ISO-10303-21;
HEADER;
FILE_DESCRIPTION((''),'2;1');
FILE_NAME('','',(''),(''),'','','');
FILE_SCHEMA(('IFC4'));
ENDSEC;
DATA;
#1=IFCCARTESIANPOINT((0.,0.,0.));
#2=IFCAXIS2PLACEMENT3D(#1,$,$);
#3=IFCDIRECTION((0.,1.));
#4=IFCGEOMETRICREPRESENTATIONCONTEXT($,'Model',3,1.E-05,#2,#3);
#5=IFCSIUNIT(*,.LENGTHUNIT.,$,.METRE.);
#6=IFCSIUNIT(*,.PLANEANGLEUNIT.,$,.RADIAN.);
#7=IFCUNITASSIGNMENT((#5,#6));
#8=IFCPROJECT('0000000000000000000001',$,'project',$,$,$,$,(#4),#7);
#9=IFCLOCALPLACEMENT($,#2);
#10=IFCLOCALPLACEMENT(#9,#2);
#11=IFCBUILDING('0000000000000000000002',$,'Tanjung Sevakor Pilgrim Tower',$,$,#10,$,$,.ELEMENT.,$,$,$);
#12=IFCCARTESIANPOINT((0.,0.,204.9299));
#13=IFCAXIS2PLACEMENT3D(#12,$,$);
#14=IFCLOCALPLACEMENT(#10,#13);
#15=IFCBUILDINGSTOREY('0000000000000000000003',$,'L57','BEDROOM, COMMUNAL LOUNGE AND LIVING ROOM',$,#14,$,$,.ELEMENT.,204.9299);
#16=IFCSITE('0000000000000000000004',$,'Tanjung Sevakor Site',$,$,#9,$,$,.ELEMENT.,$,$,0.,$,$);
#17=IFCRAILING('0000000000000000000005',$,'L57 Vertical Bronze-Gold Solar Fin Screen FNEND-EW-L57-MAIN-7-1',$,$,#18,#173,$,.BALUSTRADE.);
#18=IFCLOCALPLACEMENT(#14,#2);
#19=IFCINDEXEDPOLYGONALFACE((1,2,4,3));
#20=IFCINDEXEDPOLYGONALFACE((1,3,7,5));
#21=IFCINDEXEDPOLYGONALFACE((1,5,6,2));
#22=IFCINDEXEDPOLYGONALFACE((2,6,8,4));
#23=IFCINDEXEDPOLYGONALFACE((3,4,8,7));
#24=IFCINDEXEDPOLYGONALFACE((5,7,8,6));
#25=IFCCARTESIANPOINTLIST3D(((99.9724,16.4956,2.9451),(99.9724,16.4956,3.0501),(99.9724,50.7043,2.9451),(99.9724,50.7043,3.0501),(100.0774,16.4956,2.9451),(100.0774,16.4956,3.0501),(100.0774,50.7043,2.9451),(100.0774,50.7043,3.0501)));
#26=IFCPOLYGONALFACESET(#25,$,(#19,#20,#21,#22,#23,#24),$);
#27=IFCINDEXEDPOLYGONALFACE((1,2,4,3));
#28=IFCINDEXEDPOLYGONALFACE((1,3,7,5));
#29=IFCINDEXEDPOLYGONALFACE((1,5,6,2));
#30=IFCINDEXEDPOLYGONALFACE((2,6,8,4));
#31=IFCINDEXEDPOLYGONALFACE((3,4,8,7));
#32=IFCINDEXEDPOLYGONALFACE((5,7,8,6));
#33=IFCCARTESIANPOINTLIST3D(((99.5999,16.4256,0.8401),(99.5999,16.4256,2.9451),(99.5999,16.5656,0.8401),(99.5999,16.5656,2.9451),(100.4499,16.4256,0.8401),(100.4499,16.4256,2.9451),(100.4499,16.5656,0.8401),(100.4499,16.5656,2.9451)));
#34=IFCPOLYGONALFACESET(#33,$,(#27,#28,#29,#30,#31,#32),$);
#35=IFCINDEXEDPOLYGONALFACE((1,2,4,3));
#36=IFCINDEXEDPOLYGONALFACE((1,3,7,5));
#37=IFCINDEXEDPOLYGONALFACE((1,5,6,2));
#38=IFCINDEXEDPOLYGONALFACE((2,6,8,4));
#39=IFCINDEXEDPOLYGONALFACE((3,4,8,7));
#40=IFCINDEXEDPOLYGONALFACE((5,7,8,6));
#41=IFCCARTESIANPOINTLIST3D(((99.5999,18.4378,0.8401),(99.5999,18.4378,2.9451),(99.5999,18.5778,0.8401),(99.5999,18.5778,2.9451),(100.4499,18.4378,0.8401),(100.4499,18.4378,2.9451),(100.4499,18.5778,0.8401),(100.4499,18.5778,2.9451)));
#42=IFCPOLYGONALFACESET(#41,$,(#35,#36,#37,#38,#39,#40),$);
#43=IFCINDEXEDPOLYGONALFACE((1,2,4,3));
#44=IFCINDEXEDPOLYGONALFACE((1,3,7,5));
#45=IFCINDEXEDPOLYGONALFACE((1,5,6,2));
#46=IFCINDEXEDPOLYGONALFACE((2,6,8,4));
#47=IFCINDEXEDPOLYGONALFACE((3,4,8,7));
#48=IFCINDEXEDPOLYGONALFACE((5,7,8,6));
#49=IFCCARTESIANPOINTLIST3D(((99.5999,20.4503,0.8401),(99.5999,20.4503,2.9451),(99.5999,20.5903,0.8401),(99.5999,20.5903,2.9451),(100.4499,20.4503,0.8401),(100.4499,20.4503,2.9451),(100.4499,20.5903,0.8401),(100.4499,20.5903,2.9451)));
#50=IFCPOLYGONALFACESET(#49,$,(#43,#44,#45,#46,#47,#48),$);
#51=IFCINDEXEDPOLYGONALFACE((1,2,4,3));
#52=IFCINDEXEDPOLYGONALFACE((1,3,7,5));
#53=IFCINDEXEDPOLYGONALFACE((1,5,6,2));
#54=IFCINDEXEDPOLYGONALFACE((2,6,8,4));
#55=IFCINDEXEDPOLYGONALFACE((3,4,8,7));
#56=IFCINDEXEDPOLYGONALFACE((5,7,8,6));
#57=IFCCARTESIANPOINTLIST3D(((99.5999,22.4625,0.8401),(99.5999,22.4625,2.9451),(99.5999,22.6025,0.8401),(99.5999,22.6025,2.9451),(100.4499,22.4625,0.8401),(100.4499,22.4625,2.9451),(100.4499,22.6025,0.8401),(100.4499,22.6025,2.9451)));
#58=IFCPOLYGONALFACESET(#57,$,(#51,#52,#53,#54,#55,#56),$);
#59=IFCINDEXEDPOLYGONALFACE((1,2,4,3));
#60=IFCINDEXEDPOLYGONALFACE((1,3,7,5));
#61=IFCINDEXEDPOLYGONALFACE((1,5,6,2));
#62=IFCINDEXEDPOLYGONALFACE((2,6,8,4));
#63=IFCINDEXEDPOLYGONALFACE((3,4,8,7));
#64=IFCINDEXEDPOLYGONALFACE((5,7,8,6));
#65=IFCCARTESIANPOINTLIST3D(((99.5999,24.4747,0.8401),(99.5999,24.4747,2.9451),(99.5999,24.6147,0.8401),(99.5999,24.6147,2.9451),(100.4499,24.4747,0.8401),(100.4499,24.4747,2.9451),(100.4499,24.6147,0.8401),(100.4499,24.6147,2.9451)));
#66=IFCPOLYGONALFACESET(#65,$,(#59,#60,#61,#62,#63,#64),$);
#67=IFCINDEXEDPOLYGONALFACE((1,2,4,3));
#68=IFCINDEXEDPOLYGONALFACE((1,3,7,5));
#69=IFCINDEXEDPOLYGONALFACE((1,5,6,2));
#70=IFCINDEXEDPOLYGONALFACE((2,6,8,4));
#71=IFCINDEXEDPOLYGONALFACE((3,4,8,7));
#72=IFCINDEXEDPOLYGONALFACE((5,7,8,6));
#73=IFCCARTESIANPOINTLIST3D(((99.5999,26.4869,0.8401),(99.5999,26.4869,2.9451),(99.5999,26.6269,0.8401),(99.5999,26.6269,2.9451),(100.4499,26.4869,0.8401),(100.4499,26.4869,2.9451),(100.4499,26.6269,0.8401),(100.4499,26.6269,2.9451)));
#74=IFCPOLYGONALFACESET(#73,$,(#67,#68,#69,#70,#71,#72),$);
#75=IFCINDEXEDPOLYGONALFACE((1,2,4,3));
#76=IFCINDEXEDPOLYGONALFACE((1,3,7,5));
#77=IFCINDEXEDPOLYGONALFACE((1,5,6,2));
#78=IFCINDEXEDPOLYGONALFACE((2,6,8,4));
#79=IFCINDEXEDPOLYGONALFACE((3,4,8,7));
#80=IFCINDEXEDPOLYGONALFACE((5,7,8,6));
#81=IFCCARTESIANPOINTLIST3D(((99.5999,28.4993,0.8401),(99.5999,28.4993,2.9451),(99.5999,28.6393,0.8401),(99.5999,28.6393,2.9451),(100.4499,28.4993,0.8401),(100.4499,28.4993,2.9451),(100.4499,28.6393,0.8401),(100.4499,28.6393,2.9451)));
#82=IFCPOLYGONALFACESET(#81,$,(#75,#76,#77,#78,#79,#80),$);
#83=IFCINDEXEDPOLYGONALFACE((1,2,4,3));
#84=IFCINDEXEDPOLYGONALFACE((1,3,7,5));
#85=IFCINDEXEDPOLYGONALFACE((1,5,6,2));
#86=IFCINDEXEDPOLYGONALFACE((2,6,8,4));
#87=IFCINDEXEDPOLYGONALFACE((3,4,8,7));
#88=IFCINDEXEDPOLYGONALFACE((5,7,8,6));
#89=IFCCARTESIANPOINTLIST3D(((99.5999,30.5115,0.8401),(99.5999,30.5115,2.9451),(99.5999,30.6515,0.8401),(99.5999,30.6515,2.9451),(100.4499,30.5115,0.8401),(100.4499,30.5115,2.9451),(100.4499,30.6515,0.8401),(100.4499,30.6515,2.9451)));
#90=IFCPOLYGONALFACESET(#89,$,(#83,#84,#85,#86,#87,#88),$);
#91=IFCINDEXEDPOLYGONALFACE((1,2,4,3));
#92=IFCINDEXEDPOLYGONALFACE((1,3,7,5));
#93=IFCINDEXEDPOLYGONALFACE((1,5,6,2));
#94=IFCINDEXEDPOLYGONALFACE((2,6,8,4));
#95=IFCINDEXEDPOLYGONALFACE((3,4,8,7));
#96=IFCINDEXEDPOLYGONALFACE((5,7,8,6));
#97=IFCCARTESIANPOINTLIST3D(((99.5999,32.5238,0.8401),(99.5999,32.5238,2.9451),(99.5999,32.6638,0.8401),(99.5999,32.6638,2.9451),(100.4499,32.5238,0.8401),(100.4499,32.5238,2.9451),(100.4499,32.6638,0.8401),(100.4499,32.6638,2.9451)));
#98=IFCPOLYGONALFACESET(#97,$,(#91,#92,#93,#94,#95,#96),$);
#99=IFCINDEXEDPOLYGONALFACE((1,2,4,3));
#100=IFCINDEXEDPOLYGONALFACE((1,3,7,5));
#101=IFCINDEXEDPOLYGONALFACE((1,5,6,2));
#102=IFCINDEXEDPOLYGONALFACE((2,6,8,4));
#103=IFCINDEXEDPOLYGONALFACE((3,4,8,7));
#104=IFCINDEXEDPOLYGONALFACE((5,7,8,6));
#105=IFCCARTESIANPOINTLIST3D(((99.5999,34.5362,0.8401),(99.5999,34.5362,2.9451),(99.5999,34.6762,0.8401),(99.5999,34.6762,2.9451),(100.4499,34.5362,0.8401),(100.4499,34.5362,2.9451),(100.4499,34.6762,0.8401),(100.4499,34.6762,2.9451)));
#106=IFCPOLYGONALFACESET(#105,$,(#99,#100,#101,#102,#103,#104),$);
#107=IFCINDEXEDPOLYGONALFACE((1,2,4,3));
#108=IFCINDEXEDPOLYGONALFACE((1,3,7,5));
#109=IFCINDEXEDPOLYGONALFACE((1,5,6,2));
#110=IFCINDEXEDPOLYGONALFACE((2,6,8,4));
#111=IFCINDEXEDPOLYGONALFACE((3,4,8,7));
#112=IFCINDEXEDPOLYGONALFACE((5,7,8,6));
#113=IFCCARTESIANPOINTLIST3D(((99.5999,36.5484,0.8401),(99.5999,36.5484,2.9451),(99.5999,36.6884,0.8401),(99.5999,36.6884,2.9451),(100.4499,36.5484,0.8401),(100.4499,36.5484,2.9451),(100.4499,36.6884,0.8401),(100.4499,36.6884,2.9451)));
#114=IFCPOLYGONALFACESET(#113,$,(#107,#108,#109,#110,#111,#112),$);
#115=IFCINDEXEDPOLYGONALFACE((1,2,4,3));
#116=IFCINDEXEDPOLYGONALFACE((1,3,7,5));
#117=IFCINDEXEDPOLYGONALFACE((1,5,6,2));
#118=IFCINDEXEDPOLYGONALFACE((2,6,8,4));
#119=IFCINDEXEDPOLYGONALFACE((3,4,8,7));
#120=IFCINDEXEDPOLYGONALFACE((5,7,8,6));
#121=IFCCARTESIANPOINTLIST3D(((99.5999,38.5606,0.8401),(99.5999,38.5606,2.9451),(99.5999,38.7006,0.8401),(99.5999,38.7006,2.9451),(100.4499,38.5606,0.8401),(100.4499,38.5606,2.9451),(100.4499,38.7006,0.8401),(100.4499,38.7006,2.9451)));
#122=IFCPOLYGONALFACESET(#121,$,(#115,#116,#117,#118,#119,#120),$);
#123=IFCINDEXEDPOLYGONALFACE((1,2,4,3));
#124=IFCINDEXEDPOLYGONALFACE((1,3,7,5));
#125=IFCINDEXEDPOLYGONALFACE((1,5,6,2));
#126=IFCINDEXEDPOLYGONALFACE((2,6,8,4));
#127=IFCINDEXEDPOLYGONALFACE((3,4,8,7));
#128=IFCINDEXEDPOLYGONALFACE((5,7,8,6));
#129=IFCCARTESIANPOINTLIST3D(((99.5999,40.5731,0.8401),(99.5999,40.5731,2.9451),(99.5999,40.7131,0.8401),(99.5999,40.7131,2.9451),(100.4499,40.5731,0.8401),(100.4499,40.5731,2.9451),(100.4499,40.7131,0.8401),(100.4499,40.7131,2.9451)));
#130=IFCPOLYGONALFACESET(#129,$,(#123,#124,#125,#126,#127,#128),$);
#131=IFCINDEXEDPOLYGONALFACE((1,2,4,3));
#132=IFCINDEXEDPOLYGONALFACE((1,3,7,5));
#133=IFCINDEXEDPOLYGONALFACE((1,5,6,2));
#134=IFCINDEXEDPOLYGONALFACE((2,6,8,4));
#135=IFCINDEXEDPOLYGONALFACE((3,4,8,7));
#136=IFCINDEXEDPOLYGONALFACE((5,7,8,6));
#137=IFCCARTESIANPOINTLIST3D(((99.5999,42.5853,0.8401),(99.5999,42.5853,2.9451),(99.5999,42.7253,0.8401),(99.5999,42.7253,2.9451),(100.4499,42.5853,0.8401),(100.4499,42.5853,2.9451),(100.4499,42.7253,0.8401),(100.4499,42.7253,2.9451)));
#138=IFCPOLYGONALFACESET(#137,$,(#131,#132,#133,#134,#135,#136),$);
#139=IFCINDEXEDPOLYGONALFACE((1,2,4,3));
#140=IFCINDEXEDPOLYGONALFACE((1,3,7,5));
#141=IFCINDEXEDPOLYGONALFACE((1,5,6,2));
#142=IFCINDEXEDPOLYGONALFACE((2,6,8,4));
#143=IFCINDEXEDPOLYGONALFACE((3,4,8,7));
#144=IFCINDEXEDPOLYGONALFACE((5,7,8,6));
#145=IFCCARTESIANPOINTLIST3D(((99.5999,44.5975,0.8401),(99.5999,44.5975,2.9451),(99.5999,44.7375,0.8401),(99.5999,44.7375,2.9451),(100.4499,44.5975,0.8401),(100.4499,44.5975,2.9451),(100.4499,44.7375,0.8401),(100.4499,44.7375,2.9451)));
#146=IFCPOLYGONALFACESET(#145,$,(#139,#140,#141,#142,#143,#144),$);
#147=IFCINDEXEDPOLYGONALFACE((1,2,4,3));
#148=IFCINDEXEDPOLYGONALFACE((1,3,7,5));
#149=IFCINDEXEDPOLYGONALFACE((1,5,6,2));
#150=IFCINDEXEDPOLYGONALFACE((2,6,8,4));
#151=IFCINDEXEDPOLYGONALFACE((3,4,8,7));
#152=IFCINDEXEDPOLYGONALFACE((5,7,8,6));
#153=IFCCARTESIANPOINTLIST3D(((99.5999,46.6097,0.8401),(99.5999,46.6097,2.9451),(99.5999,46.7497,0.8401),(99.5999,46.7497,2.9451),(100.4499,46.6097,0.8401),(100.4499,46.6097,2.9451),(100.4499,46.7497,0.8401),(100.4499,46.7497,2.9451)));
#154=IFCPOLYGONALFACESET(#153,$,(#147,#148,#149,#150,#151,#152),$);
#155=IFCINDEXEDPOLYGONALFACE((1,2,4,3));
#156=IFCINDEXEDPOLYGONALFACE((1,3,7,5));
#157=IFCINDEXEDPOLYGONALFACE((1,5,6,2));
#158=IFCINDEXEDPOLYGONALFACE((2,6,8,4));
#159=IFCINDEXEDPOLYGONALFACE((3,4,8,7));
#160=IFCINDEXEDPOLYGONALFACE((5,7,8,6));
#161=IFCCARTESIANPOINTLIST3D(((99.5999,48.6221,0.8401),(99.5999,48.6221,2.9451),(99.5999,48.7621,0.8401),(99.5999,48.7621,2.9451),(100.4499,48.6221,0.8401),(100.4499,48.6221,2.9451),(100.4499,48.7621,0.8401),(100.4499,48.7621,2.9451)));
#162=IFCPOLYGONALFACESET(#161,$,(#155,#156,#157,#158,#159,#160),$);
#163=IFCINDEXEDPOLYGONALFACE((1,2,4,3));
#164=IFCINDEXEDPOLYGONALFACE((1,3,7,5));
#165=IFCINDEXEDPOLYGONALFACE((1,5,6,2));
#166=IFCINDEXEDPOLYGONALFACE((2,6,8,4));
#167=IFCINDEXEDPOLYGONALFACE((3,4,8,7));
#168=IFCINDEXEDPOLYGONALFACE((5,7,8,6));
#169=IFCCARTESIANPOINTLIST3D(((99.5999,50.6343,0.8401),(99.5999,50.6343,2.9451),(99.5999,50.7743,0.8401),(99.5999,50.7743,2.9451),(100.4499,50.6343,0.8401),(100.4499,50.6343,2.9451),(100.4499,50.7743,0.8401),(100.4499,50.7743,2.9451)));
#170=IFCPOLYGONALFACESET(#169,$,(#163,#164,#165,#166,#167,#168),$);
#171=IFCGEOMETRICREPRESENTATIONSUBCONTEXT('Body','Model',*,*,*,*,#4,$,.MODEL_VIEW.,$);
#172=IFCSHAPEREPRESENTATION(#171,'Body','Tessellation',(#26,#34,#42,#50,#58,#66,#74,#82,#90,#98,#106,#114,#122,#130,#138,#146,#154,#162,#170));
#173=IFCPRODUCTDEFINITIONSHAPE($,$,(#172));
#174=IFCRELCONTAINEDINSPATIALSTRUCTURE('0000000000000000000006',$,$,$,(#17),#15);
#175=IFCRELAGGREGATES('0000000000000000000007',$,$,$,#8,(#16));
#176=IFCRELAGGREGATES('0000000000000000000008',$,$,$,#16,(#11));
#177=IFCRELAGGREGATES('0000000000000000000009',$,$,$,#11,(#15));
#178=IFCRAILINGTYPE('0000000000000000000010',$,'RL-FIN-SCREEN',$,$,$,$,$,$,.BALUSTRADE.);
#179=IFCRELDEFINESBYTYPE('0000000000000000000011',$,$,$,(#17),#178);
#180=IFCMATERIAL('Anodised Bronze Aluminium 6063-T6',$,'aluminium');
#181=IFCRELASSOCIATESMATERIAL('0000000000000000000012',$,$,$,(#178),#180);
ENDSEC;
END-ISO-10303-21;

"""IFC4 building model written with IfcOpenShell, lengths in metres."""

from ifc_helpers import new_model, si_unit, direction, frame, origin, place, context, subcontext, project, spatial, rectangle, extrude, material, type_object, element, save


model = new_model("IFC4")

# Units and contexts
model_context = context("Model", 3, precision=1e-05, world=origin(), true_north=direction((0.0, 1.0)))
body_context = subcontext(model_context, "Body", "Model", "MODEL_VIEW")
ifc_project = project(units=[si_unit("LENGTHUNIT", "METRE"), si_unit("PLANEANGLEUNIT", "RADIAN")], contexts=[model_context])

# Site, building, storey
site_placement = place(None, origin())
site = spatial("IfcSite", under=ifc_project, at=site_placement, Name="Tanjung Sevakor Site", CompositionType="ELEMENT", RefElevation=0.0)
building_placement = place(site_placement, origin())
building = spatial("IfcBuilding", under=site, at=building_placement, Name="Tanjung Sevakor Pilgrim Tower", CompositionType="ELEMENT")
storey_placement = place(building_placement, frame((0.0, 0.0, 204.9299)))
storey = spatial("IfcBuildingStorey", under=building, at=storey_placement, Name="L57", Description="BEDROOM, COMMUNAL LOUNGE AND LIVING ROOM", CompositionType="ELEMENT", Elevation=204.9299)

# Railing
ifc_material_1 = material(Name="Anodised Bronze Aluminium 6063-T6", Category="aluminium")
railing_type = type_object("IfcRailingType", Name="RL-FIN-SCREEN", PredefinedType="BALUSTRADE", material=ifc_material_1)
railing_1_placement = place(storey_placement, frame((100.0249, 16.4956, 0.8401)))
element("IfcRailing", 1, at=railing_1_placement, inside=storey, type_object=railing_type, Name="L57 Vertical Bronze-Gold Solar Fin Screen FNEND-EW-L57-MAIN-7-1", PredefinedType="BALUSTRADE", context=body_context, shape_type="SweptSolid", body=[
    extrude(rectangle(XDim=0.105, YDim=0.105), frame((0.0, 0.0, 2.1575), z_axis=(0.0, 1.0, 0.0), x_axis=(-1.0, 0.0, 0.0)), (0.0, 0.0, 1.0), 34.2087),
    extrude(rectangle(XDim=0.85, YDim=0.14), origin(), (0.0, 0.0, 1.0), 2.105),
    extrude(rectangle(XDim=0.85, YDim=0.14), frame((0.0, 2.0122, 0.0)), (0.0, 0.0, 1.0), 2.105),
    extrude(rectangle(XDim=0.85, YDim=0.14), frame((0.0, 4.0247, 0.0)), (0.0, 0.0, 1.0), 2.105),
    extrude(rectangle(XDim=0.85, YDim=0.14), frame((0.0, 6.0369, 0.0)), (0.0, 0.0, 1.0), 2.105),
    extrude(rectangle(XDim=0.85, YDim=0.14), frame((0.0, 8.0491, 0.0)), (0.0, 0.0, 1.0), 2.105),
    extrude(rectangle(XDim=0.85, YDim=0.14), frame((0.0, 10.0613, 0.0)), (0.0, 0.0, 1.0), 2.105),
    extrude(rectangle(XDim=0.85, YDim=0.14), frame((0.0, 12.0737, 0.0)), (0.0, 0.0, 1.0), 2.105),
    extrude(rectangle(XDim=0.85, YDim=0.14), frame((0.0, 14.0859, 0.0)), (0.0, 0.0, 1.0), 2.105),
    extrude(rectangle(XDim=0.85, YDim=0.14), frame((0.0, 16.0981, 0.0)), (0.0, 0.0, 1.0), 2.105),
    extrude(rectangle(XDim=0.85, YDim=0.14), frame((0.0, 18.1106, 0.0)), (0.0, 0.0, 1.0), 2.105),
    extrude(rectangle(XDim=0.85, YDim=0.14), frame((0.0, 20.1228, 0.0)), (0.0, 0.0, 1.0), 2.105),
    extrude(rectangle(XDim=0.85, YDim=0.14), frame((0.0, 22.135, 0.0)), (0.0, 0.0, 1.0), 2.105),
    extrude(rectangle(XDim=0.85, YDim=0.14), frame((0.0, 24.1475, 0.0)), (0.0, 0.0, 1.0), 2.105),
    extrude(rectangle(XDim=0.85, YDim=0.14), frame((0.0, 26.1597, 0.0)), (0.0, 0.0, 1.0), 2.105),
    extrude(rectangle(XDim=0.85, YDim=0.14), frame((0.0, 28.1719, 0.0)), (0.0, 0.0, 1.0), 2.105),
    extrude(rectangle(XDim=0.85, YDim=0.14), frame((0.0, 30.1841, 0.0)), (0.0, 0.0, 1.0), 2.105),
    extrude(rectangle(XDim=0.85, YDim=0.14), frame((0.0, 32.1965, 0.0)), (0.0, 0.0, 1.0), 2.105),
    extrude(rectangle(XDim=0.85, YDim=0.14), frame((0.0, 34.2087, 0.0)), (0.0, 0.0, 1.0), 2.105),
])

save(model, "model.ifc")
